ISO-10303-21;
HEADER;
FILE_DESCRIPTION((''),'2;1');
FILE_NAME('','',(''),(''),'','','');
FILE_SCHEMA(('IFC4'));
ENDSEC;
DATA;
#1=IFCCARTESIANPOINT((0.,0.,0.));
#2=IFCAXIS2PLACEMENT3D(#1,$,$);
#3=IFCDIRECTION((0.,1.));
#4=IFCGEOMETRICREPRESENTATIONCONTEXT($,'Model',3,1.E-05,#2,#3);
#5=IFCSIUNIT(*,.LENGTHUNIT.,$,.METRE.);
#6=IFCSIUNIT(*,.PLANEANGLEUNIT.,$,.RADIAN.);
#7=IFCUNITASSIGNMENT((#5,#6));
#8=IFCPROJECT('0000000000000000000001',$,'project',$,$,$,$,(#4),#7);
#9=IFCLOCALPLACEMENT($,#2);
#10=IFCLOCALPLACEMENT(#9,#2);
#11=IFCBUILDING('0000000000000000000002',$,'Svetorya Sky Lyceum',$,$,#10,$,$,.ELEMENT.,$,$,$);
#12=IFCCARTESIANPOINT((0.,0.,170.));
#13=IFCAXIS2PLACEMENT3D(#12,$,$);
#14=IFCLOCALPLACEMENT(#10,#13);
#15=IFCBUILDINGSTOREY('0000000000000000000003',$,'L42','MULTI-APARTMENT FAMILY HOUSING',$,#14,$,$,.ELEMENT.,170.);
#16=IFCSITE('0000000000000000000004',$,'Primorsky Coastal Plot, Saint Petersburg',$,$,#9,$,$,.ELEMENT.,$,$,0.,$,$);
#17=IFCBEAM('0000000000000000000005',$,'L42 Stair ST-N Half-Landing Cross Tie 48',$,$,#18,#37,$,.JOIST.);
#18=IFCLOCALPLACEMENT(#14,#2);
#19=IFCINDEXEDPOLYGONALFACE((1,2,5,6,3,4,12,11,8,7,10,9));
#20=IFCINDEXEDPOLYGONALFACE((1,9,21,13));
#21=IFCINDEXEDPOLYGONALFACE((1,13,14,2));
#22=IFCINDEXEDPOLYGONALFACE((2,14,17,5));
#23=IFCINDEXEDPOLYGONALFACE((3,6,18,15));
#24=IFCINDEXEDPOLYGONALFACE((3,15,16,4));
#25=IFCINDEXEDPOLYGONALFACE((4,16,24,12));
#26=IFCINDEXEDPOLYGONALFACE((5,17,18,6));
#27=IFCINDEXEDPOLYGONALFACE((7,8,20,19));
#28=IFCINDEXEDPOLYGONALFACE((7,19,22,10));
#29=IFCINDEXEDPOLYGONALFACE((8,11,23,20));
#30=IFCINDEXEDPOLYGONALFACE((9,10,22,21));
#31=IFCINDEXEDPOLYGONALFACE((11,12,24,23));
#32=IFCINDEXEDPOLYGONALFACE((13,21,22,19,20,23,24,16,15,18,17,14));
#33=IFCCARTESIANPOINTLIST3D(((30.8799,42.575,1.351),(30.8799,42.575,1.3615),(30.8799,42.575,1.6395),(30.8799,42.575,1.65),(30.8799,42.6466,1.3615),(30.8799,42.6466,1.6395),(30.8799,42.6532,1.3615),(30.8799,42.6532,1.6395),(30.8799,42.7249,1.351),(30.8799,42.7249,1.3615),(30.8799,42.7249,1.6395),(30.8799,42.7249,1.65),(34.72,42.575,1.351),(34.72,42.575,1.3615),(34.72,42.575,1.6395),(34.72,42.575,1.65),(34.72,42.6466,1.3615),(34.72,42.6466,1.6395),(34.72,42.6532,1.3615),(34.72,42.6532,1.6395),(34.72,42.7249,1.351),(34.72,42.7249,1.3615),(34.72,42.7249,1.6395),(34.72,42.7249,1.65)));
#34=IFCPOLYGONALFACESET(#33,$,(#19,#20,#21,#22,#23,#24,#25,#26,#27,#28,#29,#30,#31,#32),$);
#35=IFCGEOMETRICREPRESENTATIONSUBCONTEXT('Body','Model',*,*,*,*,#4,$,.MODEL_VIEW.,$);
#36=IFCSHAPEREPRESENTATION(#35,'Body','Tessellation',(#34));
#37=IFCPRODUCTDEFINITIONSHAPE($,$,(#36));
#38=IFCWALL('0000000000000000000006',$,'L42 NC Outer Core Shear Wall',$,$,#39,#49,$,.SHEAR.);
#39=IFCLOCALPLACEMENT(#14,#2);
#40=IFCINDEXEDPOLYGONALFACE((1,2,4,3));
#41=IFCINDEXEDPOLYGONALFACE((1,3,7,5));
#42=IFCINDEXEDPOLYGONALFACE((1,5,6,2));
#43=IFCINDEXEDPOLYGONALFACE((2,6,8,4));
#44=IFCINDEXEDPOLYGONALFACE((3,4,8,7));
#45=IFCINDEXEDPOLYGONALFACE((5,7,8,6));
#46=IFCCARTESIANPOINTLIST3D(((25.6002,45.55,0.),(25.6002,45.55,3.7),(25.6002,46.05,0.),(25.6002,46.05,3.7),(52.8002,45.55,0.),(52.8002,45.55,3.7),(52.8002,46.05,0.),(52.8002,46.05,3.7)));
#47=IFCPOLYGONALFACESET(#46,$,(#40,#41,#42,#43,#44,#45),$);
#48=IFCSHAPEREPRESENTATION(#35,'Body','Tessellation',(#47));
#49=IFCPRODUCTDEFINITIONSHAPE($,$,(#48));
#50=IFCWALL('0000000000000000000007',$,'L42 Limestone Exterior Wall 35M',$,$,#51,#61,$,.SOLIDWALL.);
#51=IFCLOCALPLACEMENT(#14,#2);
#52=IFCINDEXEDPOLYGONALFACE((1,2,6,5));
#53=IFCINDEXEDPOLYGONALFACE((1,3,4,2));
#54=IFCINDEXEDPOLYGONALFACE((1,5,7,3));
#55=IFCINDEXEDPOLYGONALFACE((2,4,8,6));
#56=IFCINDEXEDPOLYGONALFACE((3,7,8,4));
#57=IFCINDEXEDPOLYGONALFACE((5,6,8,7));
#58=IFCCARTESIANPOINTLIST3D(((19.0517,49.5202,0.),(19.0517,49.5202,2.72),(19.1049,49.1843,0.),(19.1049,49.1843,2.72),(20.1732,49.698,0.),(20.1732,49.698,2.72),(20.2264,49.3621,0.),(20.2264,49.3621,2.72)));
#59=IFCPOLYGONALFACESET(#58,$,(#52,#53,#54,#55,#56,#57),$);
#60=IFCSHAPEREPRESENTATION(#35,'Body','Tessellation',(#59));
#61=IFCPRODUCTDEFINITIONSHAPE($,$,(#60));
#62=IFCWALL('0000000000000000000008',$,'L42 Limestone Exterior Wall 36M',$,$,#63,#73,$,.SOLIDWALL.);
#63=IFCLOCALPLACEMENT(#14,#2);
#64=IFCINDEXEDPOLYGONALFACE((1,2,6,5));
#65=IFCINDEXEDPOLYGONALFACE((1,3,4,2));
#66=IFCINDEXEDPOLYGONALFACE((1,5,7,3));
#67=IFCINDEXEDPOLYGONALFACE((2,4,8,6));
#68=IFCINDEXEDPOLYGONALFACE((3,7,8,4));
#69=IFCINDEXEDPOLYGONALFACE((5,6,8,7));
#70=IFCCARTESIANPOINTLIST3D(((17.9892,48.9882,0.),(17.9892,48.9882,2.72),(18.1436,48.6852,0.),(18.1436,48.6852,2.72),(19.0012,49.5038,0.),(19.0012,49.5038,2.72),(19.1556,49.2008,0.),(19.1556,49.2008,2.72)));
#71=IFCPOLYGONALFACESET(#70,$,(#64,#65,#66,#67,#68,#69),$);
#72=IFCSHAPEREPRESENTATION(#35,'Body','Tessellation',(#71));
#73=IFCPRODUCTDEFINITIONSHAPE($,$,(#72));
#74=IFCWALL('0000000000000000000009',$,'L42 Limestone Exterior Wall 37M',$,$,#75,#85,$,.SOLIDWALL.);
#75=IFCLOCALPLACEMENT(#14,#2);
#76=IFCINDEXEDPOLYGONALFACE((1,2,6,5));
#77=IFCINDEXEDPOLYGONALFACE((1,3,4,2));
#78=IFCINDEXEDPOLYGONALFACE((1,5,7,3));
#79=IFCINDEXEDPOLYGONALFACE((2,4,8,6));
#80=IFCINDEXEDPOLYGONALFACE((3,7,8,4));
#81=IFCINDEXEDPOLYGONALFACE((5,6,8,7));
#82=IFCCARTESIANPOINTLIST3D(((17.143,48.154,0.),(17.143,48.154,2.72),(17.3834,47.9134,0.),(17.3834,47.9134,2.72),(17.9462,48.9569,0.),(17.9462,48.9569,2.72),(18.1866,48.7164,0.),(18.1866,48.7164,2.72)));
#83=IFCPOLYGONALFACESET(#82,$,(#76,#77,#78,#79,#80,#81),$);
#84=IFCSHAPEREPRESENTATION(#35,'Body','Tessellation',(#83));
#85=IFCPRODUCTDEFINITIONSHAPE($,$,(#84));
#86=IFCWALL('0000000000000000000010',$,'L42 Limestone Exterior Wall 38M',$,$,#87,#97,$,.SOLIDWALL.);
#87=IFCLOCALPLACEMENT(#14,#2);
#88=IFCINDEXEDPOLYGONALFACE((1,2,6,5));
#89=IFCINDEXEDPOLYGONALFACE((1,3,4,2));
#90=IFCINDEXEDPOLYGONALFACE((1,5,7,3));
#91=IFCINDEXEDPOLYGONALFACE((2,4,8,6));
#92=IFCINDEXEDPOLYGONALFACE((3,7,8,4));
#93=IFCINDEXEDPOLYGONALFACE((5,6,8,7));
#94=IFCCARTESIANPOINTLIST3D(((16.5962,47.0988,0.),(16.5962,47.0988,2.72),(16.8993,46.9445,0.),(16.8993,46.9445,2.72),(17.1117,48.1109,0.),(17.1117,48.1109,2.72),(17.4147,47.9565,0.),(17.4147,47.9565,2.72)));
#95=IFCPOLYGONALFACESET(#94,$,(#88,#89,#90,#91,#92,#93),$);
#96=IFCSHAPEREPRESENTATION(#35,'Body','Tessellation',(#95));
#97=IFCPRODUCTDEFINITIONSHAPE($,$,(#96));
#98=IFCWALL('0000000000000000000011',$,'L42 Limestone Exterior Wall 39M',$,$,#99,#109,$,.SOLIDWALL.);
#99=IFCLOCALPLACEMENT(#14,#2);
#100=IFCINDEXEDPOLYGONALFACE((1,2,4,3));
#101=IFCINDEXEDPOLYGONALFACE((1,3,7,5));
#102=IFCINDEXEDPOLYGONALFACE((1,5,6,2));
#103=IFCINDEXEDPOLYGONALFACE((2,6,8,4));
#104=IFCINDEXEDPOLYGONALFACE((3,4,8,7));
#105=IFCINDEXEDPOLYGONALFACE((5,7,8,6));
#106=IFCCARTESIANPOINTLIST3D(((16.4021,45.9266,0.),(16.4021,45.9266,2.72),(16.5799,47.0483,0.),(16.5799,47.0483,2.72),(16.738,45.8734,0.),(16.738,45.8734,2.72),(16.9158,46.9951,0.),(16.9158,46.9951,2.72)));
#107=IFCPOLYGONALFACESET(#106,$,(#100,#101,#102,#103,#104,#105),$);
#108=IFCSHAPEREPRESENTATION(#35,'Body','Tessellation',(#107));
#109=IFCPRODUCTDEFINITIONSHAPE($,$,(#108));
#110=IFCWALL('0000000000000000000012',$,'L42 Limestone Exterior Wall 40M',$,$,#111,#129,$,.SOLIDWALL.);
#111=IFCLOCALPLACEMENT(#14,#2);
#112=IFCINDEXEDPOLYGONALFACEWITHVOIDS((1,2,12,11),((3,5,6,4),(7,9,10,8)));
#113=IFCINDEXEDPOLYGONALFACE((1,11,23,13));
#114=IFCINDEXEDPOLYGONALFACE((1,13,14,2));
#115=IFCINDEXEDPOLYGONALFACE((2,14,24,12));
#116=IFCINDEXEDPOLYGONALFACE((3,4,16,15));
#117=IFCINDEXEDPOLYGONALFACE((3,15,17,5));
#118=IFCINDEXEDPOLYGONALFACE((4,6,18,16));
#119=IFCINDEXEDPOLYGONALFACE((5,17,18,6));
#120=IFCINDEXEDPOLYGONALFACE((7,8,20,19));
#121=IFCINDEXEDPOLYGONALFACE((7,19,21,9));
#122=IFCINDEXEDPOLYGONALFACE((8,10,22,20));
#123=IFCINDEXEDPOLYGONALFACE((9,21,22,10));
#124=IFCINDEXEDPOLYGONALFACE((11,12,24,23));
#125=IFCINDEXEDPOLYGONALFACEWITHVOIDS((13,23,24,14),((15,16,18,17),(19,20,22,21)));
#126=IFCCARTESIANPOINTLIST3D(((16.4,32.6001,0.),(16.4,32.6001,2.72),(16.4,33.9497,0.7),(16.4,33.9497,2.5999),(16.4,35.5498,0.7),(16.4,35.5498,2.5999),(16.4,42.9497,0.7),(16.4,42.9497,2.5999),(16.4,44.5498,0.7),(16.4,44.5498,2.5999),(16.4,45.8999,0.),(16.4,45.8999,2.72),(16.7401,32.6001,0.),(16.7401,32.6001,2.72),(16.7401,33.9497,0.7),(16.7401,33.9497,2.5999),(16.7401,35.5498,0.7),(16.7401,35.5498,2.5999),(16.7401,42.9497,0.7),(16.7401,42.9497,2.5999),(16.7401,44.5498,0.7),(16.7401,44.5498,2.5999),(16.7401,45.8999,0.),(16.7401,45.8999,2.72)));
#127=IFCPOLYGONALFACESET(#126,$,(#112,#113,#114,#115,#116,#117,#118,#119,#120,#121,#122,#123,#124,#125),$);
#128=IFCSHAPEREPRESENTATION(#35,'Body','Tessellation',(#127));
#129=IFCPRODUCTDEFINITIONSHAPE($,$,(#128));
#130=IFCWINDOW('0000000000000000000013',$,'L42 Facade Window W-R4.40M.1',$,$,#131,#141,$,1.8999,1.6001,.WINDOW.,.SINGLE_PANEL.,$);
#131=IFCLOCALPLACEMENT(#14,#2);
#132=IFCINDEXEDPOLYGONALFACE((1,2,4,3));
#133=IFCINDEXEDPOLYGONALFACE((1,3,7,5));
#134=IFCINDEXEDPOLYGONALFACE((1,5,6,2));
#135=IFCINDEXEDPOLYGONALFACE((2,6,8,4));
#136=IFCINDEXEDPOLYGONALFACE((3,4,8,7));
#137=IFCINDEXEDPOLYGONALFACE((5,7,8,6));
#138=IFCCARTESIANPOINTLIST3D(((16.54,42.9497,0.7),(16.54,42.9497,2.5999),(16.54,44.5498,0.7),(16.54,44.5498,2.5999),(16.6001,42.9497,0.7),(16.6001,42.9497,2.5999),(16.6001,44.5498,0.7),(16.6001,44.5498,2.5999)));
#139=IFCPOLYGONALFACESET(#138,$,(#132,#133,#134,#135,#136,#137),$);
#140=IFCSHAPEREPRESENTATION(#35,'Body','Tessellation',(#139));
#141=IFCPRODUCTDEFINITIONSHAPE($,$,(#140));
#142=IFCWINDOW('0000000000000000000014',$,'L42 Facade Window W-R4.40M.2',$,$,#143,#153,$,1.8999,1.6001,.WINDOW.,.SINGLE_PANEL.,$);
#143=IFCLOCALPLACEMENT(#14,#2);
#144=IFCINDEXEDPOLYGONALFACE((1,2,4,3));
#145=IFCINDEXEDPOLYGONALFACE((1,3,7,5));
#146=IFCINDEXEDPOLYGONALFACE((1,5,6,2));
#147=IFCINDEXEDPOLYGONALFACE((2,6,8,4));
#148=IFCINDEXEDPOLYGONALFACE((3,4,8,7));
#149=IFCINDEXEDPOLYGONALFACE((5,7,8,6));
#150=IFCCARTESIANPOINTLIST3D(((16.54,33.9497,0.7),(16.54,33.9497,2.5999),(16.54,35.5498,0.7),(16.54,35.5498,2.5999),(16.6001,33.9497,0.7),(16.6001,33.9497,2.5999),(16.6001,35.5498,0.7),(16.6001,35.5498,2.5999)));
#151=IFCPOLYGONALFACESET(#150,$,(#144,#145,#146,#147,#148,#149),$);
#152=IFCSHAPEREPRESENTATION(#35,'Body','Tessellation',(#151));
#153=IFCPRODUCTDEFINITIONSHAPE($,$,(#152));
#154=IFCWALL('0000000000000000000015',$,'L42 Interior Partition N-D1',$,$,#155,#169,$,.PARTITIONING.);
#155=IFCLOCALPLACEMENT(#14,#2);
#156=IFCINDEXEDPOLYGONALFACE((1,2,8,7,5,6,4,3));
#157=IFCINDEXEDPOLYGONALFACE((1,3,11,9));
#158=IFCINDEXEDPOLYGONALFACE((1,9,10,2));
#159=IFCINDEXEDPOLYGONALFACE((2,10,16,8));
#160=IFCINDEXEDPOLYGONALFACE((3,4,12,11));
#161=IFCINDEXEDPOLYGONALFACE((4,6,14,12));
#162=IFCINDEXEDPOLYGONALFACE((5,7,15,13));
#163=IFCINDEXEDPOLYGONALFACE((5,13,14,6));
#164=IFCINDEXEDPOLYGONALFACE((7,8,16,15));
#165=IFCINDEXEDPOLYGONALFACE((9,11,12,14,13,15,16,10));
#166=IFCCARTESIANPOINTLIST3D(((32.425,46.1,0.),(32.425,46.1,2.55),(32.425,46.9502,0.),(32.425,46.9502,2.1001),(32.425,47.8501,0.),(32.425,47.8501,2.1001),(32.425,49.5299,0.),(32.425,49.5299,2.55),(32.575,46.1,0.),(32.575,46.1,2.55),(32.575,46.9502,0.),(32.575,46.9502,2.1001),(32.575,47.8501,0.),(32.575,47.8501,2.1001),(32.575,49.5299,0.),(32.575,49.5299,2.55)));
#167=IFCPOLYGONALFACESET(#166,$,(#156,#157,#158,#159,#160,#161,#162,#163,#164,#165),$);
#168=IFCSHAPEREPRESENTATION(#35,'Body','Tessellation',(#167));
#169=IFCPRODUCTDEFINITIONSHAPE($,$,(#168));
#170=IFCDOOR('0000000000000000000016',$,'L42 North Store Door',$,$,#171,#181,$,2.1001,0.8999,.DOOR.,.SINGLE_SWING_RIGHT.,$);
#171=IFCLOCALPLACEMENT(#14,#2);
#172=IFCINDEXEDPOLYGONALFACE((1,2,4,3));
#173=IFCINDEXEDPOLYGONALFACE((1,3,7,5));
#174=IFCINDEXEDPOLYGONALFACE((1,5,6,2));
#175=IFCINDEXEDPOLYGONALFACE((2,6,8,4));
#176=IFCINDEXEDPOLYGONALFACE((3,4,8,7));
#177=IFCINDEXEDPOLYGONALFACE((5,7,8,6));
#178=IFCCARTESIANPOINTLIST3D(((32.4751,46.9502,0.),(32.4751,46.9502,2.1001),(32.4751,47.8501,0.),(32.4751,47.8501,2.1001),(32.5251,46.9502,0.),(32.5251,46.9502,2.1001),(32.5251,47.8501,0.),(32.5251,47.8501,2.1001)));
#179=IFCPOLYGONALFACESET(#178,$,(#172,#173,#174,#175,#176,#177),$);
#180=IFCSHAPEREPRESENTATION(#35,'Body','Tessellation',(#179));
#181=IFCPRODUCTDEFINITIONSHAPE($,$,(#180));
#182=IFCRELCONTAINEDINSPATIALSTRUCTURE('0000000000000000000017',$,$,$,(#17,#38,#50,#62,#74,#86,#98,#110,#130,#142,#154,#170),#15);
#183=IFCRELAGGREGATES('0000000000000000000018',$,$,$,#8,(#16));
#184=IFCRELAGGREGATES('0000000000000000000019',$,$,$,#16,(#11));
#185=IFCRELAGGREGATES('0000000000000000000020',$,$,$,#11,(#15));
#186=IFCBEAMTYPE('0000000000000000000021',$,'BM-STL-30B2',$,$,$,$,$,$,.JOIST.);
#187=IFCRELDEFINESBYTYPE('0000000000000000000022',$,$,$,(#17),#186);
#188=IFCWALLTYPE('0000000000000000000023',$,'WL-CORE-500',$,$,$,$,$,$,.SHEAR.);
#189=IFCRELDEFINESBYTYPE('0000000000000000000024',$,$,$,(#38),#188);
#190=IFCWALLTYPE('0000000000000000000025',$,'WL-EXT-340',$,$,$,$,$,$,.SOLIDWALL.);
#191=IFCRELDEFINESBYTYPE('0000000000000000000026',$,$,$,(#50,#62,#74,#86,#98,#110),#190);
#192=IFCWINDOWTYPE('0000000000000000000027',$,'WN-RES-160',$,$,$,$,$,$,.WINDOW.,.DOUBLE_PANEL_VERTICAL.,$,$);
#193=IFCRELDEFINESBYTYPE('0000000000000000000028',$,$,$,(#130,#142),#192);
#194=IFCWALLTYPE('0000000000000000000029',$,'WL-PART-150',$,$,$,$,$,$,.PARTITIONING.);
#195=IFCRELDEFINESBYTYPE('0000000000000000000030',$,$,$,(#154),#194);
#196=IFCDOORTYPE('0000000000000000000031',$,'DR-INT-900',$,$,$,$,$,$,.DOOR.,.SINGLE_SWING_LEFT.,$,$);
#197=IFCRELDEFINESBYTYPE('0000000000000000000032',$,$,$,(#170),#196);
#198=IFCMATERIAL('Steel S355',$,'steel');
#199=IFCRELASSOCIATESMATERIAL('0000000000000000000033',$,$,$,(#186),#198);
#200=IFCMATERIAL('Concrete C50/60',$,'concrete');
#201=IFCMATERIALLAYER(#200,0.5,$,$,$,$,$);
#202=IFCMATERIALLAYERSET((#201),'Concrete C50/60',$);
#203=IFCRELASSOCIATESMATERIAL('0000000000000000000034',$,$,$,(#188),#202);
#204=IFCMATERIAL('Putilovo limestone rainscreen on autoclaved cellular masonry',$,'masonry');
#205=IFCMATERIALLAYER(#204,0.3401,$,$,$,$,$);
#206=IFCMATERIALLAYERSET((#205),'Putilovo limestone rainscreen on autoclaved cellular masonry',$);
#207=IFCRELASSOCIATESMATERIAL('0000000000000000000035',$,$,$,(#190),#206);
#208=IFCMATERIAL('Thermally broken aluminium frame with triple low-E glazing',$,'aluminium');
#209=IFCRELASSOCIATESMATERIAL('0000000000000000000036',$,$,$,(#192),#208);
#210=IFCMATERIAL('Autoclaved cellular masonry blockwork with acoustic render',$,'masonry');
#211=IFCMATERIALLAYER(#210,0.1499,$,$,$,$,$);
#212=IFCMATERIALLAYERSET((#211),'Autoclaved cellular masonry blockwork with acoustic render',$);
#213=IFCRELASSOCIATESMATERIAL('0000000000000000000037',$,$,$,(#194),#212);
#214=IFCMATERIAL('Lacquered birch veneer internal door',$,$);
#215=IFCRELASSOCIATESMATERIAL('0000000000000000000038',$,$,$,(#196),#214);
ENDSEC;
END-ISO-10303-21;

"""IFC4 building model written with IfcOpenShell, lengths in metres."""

from ifc_helpers import new_model, si_unit, direction, frame, frame_2d, origin, origin_2d, place, context, subcontext, project, spatial, rectangle, i_section, extrude, material, layer, layer_set, material_profile, profile_set, type_object, element, fill, save


model = new_model("IFC4")

# Units and contexts
model_context = context("Model", 3, precision=1e-05, world=origin(), true_north=direction((0.0, 1.0)))
body_context = subcontext(model_context, "Body", "Model", "MODEL_VIEW")
ifc_project = project(units=[si_unit("LENGTHUNIT", "METRE"), si_unit("PLANEANGLEUNIT", "RADIAN")], contexts=[model_context])

# Site, building, storey
site_placement = place(None, origin())
site = spatial("IfcSite", under=ifc_project, at=site_placement, Name="Primorsky Coastal Plot, Saint Petersburg", CompositionType="ELEMENT", RefElevation=0.0)
building_placement = place(site_placement, origin())
building = spatial("IfcBuilding", under=site, at=building_placement, Name="Svetorya Sky Lyceum", CompositionType="ELEMENT")
storey_placement = place(building_placement, frame((0.0, 0.0, 170.0)))
storey = spatial("IfcBuildingStorey", under=building, at=storey_placement, Name="L42", Description="MULTI-APARTMENT FAMILY HOUSING", CompositionType="ELEMENT", Elevation=170.0)

# Shared definitions
ifc_material_1 = material(Name="Concrete C50/60", Category="concrete")

# Beam
ifc_material_2 = material(Name="Steel S355", Category="steel")
ifc_material_profile_1 = material_profile(ifc_material_2, i_section(OverallWidth=0.1499, OverallDepth=0.2991, WebThickness=0.0066, FlangeThickness=0.0105, at=origin_2d()), Name="GOST 30B2")
ifc_profile_set_1 = profile_set([ifc_material_profile_1], Name="Steel S355")
beam_type_1 = type_object("IfcBeamType", Name="BM-STL-30B2", PredefinedType="JOIST", material=ifc_profile_set_1)
beam_1_placement = place(storey_placement, frame((30.8799, 42.6499, 1.5005), z_axis=(1.0, 0.0, 0.0), x_axis=(0.0, 1.0, 0.0)))
element("IfcBeam", 1, at=beam_1_placement, inside=storey, type_object=beam_type_1, Name="L42 Stair ST-N Half-Landing Cross Tie 48", PredefinedType="JOIST", context=body_context, shape_type="SweptSolid", body=[
    extrude(i_section(OverallWidth=0.1499, OverallDepth=0.2991, WebThickness=0.0066, FlangeThickness=0.0105, at=origin_2d()), origin(), (0.0, 0.0, 1.0), 3.8401),
])

# Walls
ifc_layer_1 = layer(ifc_material_1, 0.5)
ifc_layer_set_1 = layer_set([ifc_layer_1], Name="Concrete C50/60")
wall_type_1 = type_object("IfcWallType", Name="WL-CORE-500", PredefinedType="SHEAR", material=ifc_layer_set_1)
wall_1_placement = place(storey_placement, frame((25.6001, 45.8, 0.0), z_axis=(0.0, 0.0, 1.0), x_axis=(1.0, 0.0, 0.0)))
element("IfcWall", 2, at=wall_1_placement, inside=storey, type_object=wall_type_1, Name="L42 NC Outer Core Shear Wall", PredefinedType="SHEAR", context=body_context, shape_type="SweptSolid", body=[
    extrude(rectangle(XDim=27.2, YDim=0.5, at=frame_2d((13.6001, 0.0))), origin(), (0.0, 0.0, 1.0), 3.7),
])
ifc_material_3 = material(Name="Putilovo limestone rainscreen on autoclaved cellular masonry", Category="masonry")
ifc_layer_2 = layer(ifc_material_3, 0.3401)
ifc_layer_set_2 = layer_set([ifc_layer_2], Name="Putilovo limestone rainscreen on autoclaved cellular masonry")
wall_type_2 = type_object("IfcWallType", Name="WL-EXT-340", PredefinedType="SOLIDWALL", material=ifc_layer_set_2)
wall_2_placement = place(storey_placement, frame((20.2, 49.53, 0.0), z_axis=(0.0, 0.0, 1.0), x_axis=(-0.987676, -0.156515, 0.0)))
element("IfcWall", 3, at=wall_2_placement, inside=storey, type_object=wall_type_2, Name="L42 Limestone Exterior Wall 35M", PredefinedType="SOLIDWALL", context=body_context, shape_type="SweptSolid", body=[
    extrude(rectangle(XDim=1.1355, YDim=0.3401, at=frame_2d((0.5679, 0.0))), origin(), (0.0, 0.0, 1.0), 2.72),
])
for number, where, z_axis, x_axis, name in (
    (4, (19.0784, 49.3523, 0.0), (0.0, 0.0, 1.0), (-0.891005, -0.453993, 0.0), "L42 Limestone Exterior Wall 36M"),
    (5, (18.0664, 48.8367, 0.0), (0.0, 0.0, 1.0), (-0.707214, -0.706999, 0.0), "L42 Limestone Exterior Wall 37M"),
    (6, (17.2632, 48.0337, 0.0), (0.0, 0.0, 1.0), (-0.453823, -0.891092, 0.0), "L42 Limestone Exterior Wall 38M"),
    (7, (16.7478, 47.0217, 0.0), (0.0, 0.0, 1.0), (-0.156481, -0.987681, 0.0), "L42 Limestone Exterior Wall 39M"),
):
    element("IfcWall", number, at=place(storey_placement, frame(where, z_axis=z_axis, x_axis=x_axis)), inside=storey, type_object=wall_type_2, Name=name, PredefinedType="SOLIDWALL", context=body_context, shape_type="SweptSolid", body=[
        extrude(rectangle(XDim=1.1357, YDim=0.3401, at=frame_2d((0.5679, 0.0))), origin(), (0.0, 0.0, 1.0), 2.72),
    ])

# Wall, openings, windows
wall_3_placement = place(storey_placement, frame((16.5701, 45.8999, 0.0), z_axis=(0.0, 0.0, 1.0), x_axis=(0.0, -1.0, 0.0)))
wall_3 = element("IfcWall", 8, at=wall_3_placement, inside=storey, type_object=wall_type_2, Name="L42 Limestone Exterior Wall 40M", PredefinedType="SOLIDWALL", context=body_context, shape_type="SweptSolid", body=[
    extrude(rectangle(XDim=13.2998, YDim=0.3401, at=frame_2d((6.6499, 0.0))), origin(), (0.0, 0.0, 1.0), 2.72),
])
opening_1_placement = place(wall_3_placement, frame((1.3501, 0.0, 0.7)))
opening_1 = element("IfcOpeningElement", 9, at=opening_1_placement, cuts=wall_3, PredefinedType="OPENING", context=body_context, shape_type="SweptSolid", body=[
    extrude(rectangle(XDim=1.6001, YDim=1.8999, at=frame_2d((0.8, 0.95))), frame((0.0, 0.1799, 0.0), z_axis=(0.0, -1.0, 0.0), x_axis=(1.0, 0.0, 0.0)), (0.0, 0.0, 1.0), 0.3601),
])
opening_2_placement = place(wall_3_placement, frame((10.3501, 0.0, 0.7)))
opening_2 = element("IfcOpeningElement", 10, at=opening_2_placement, cuts=wall_3, PredefinedType="OPENING", context=body_context, shape_type="SweptSolid", body=[
    extrude(rectangle(XDim=1.6001, YDim=1.8999, at=frame_2d((0.8, 0.95))), frame((0.0, 0.1799, 0.0), z_axis=(0.0, -1.0, 0.0), x_axis=(1.0, 0.0, 0.0)), (0.0, 0.0, 1.0), 0.3601),
])
ifc_material_4 = material(Name="Thermally broken aluminium frame with triple low-E glazing", Category="aluminium")
window_type = type_object("IfcWindowType", Name="WN-RES-160", PartitioningType="DOUBLE_PANEL_VERTICAL", PredefinedType="WINDOW", material=ifc_material_4)
window_1_placement = place(opening_1_placement, origin())
window_1 = element("IfcWindow", 11, at=window_1_placement, inside=storey, type_object=window_type, Name="L42 Facade Window W-R4.40M.1", OverallHeight=1.8999, OverallWidth=1.6001, PartitioningType="SINGLE_PANEL", PredefinedType="WINDOW", context=body_context, shape_type="SweptSolid", body=[
    extrude(rectangle(XDim=1.6001, YDim=1.8999, at=frame_2d((0.8, 0.95))), frame((0.0, 0.03, 0.0), z_axis=(0.0, -1.0, 0.0), x_axis=(1.0, 0.0, 0.0)), (0.0, 0.0, 1.0), 0.0601),
])
fill(opening_1, window_1)
window_2_placement = place(opening_2_placement, origin())
window_2 = element("IfcWindow", 12, at=window_2_placement, inside=storey, type_object=window_type, Name="L42 Facade Window W-R4.40M.2", OverallHeight=1.8999, OverallWidth=1.6001, PartitioningType="SINGLE_PANEL", PredefinedType="WINDOW", context=body_context, shape_type="SweptSolid", body=[
    extrude(rectangle(XDim=1.6001, YDim=1.8999, at=frame_2d((0.8, 0.95))), frame((0.0, 0.03, 0.0), z_axis=(0.0, -1.0, 0.0), x_axis=(1.0, 0.0, 0.0)), (0.0, 0.0, 1.0), 0.0601),
])
fill(opening_2, window_2)

# Wall, opening, door
ifc_material_5 = material(Name="Autoclaved cellular masonry blockwork with acoustic render", Category="masonry")
ifc_layer_3 = layer(ifc_material_5, 0.1499)
ifc_layer_set_3 = layer_set([ifc_layer_3], Name="Autoclaved cellular masonry blockwork with acoustic render")
wall_type_3 = type_object("IfcWallType", Name="WL-PART-150", PredefinedType="PARTITIONING", material=ifc_layer_set_3)
wall_4_placement = place(storey_placement, frame((32.5, 46.1001, 0.0), z_axis=(0.0, 0.0, 1.0), x_axis=(0.0, 1.0, 0.0)))
wall_4 = element("IfcWall", 13, at=wall_4_placement, inside=storey, type_object=wall_type_3, Name="L42 Interior Partition N-D1", PredefinedType="PARTITIONING", context=body_context, shape_type="SweptSolid", body=[
    extrude(rectangle(XDim=3.4299, YDim=0.1499, at=frame_2d((1.7148, 0.0))), origin(), (0.0, 0.0, 1.0), 2.55),
])
opening_3_placement = place(wall_4_placement, frame((0.8501, 0.0, 0.0)))
opening_3 = element("IfcOpeningElement", 14, at=opening_3_placement, cuts=wall_4, PredefinedType="OPENING", context=body_context, shape_type="SweptSolid", body=[
    extrude(rectangle(XDim=0.8999, YDim=2.1001, at=frame_2d((0.45, 1.05))), frame((0.0, 0.085, 0.0), z_axis=(0.0, -1.0, 0.0), x_axis=(1.0, 0.0, 0.0)), (0.0, 0.0, 1.0), 0.1699),
])
ifc_material_6 = material(Name="Lacquered birch veneer internal door")
door_type = type_object("IfcDoorType", Name="DR-INT-900", OperationType="SINGLE_SWING_LEFT", PredefinedType="DOOR", material=ifc_material_6)
door_1_placement = place(opening_3_placement, origin())
door_1 = element("IfcDoor", 15, at=door_1_placement, inside=storey, type_object=door_type, Name="L42 North Store Door", OperationType="SINGLE_SWING_RIGHT", OverallHeight=2.1001, OverallWidth=0.8999, PredefinedType="DOOR", context=body_context, shape_type="SweptSolid", body=[
    extrude(rectangle(XDim=0.8999, YDim=2.1001, at=frame_2d((0.45, 1.05))), frame((0.0, 0.0249, 0.0), z_axis=(0.0, -1.0, 0.0), x_axis=(1.0, 0.0, 0.0)), (0.0, 0.0, 1.0), 0.05),
])
fill(opening_3, door_1)

save(model, "model.ifc")
